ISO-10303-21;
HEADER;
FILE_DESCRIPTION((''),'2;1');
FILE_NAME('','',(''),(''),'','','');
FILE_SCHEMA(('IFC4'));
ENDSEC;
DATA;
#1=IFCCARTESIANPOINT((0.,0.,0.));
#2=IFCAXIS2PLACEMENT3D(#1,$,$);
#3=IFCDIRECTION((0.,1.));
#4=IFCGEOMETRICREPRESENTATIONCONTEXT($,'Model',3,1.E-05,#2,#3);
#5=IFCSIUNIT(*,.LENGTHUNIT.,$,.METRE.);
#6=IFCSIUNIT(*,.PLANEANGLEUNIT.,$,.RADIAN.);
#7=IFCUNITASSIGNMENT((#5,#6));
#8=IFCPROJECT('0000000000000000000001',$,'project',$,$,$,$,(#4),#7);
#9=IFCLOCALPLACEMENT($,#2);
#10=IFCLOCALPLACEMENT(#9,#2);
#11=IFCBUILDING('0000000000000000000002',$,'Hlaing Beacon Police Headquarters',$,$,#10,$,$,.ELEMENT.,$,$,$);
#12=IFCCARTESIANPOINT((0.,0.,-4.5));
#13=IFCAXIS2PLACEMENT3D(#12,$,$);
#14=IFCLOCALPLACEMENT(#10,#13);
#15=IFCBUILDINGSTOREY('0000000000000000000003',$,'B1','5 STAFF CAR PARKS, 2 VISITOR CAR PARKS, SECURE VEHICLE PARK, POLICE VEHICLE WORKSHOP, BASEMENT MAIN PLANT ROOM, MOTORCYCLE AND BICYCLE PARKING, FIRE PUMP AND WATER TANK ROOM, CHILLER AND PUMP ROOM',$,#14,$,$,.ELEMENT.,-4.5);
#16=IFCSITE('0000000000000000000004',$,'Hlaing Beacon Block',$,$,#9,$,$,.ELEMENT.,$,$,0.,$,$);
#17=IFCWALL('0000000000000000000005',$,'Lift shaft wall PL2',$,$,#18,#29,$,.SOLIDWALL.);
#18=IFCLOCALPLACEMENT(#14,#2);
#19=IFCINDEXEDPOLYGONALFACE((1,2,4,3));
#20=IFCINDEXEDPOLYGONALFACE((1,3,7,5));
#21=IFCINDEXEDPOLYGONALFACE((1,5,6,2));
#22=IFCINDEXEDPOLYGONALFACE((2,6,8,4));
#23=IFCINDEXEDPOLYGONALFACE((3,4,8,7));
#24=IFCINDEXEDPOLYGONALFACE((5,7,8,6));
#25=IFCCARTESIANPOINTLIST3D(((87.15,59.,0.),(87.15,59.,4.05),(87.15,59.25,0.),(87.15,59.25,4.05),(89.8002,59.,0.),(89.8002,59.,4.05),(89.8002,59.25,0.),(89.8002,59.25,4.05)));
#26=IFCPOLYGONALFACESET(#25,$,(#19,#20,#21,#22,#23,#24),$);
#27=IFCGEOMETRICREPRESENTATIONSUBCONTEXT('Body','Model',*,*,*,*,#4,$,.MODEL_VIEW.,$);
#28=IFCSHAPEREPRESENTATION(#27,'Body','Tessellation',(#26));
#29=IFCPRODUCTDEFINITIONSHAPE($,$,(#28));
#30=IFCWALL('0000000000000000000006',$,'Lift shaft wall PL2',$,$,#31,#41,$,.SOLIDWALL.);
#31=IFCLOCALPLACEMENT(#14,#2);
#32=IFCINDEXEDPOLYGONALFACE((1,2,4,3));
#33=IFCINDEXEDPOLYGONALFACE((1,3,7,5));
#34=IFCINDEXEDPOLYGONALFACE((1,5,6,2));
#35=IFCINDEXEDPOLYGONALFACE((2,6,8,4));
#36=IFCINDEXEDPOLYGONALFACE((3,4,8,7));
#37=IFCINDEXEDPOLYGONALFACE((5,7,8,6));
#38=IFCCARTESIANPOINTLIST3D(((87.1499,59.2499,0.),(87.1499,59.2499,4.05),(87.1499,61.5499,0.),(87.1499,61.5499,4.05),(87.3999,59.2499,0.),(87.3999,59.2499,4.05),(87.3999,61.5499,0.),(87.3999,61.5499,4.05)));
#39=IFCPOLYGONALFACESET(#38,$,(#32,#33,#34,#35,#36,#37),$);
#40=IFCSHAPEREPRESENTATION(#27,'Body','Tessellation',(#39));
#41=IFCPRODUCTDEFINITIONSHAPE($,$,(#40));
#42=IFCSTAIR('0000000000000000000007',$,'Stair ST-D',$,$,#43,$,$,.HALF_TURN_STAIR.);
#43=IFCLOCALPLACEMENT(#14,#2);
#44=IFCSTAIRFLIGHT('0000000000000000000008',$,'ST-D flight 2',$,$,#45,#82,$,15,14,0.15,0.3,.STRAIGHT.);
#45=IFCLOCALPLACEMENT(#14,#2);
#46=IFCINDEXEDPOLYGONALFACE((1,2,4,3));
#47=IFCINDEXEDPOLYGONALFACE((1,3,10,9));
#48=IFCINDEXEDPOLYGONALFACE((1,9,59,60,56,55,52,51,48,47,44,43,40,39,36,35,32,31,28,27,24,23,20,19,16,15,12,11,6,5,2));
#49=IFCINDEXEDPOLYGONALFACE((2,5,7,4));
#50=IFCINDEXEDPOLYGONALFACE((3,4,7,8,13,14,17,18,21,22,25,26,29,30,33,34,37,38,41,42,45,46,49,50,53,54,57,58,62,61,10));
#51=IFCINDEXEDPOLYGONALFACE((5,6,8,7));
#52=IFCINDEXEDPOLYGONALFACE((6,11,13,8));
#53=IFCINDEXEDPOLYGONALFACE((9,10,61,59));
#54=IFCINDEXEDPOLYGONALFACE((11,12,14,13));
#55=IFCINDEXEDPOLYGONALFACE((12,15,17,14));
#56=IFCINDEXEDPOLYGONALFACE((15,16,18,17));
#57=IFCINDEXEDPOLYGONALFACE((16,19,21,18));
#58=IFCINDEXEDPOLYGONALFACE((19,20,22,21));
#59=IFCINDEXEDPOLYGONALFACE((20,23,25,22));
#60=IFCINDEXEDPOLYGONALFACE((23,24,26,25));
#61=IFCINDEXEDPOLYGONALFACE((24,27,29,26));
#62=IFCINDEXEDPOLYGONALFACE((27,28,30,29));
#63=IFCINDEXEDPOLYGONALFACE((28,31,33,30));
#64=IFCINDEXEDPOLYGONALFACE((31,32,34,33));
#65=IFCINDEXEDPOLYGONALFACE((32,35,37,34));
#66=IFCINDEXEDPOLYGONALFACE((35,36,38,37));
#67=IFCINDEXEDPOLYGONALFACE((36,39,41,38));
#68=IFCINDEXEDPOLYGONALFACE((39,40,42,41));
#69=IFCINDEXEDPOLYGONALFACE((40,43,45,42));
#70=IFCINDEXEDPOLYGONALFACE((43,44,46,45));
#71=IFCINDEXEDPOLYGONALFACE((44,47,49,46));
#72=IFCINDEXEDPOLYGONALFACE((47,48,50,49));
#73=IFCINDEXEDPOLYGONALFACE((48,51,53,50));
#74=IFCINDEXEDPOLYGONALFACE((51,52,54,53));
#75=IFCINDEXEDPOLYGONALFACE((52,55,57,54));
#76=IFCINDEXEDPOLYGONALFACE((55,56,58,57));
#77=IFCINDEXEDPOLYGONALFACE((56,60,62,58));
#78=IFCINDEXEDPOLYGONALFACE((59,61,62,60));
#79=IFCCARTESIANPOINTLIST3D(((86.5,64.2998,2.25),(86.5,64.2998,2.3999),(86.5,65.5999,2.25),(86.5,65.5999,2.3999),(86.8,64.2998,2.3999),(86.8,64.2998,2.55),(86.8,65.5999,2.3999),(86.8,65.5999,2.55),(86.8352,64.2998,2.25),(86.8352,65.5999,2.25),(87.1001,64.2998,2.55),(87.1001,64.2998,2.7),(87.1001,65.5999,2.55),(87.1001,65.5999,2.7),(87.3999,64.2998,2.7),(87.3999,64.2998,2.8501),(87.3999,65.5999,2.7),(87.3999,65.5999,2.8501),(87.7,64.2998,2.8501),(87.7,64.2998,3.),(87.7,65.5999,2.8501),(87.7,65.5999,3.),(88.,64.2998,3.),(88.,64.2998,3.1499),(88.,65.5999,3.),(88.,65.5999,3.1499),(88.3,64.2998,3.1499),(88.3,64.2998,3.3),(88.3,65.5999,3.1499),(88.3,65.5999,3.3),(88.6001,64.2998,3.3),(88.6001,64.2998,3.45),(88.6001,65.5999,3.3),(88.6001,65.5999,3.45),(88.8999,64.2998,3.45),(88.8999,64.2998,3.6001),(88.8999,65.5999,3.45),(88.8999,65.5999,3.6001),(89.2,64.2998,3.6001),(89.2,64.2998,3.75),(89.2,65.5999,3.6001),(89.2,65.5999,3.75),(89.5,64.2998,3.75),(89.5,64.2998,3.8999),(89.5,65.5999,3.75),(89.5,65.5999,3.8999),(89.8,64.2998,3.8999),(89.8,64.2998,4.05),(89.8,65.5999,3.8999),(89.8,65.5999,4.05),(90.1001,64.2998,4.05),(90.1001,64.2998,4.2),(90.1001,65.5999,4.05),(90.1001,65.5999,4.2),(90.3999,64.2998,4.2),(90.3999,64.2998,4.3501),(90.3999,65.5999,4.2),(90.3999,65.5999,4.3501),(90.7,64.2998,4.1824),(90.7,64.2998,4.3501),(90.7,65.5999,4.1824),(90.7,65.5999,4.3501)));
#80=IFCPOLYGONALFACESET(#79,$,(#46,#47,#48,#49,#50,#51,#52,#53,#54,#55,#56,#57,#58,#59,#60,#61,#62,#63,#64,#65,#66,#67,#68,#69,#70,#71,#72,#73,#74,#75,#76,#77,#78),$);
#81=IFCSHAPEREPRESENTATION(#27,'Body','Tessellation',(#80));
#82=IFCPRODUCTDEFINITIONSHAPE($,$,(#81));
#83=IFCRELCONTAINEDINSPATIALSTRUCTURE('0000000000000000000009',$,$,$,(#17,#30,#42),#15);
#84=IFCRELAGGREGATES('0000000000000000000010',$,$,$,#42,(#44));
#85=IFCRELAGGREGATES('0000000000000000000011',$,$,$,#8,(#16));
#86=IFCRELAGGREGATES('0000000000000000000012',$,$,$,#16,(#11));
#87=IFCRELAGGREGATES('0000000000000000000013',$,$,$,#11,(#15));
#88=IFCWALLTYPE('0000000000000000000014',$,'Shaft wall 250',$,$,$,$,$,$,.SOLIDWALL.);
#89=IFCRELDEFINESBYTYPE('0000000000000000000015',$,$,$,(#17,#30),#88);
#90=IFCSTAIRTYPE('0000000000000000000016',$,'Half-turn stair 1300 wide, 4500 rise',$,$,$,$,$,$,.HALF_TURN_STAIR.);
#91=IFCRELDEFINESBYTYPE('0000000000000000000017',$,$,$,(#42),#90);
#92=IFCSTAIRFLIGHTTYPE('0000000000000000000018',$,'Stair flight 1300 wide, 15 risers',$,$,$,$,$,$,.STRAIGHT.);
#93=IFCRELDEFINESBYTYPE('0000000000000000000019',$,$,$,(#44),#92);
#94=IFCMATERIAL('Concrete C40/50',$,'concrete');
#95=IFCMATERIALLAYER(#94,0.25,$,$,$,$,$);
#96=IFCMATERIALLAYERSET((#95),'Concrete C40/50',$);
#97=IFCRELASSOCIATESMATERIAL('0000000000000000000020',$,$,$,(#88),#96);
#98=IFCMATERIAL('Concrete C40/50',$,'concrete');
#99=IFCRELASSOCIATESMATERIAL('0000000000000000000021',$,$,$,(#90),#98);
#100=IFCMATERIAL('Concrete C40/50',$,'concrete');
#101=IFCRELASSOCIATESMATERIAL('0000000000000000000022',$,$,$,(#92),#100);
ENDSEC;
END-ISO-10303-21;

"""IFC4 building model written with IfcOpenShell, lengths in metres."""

from ifc_helpers import new_model, si_unit, direction, frame, frame_2d, origin, place, context, subcontext, project, spatial, polyline, rectangle, outline, extrude, material, layer, layer_set, type_object, element, aggregate, save


model = new_model("IFC4")

# Units and contexts
model_context = context("Model", 3, precision=1e-05, world=origin(), true_north=direction((0.0, 1.0)))
body_context = subcontext(model_context, "Body", "Model", "MODEL_VIEW")
ifc_project = project(units=[si_unit("LENGTHUNIT", "METRE"), si_unit("PLANEANGLEUNIT", "RADIAN")], contexts=[model_context])

# Site, building, storey
site_placement = place(None, origin())
site = spatial("IfcSite", under=ifc_project, at=site_placement, Name="Hlaing Beacon Block", CompositionType="ELEMENT", RefElevation=0.0)
building_placement = place(site_placement, origin())
building = spatial("IfcBuilding", under=site, at=building_placement, Name="Hlaing Beacon Police Headquarters", CompositionType="ELEMENT")
storey_placement = place(building_placement, frame((0.0, 0.0, -4.5)))
storey = spatial("IfcBuildingStorey", under=building, at=storey_placement, Name="B1", Description="5 STAFF CAR PARKS, 2 VISITOR CAR PARKS, SECURE VEHICLE PARK, POLICE VEHICLE WORKSHOP, BASEMENT MAIN PLANT ROOM, MOTORCYCLE AND BICYCLE PARKING, FIRE PUMP AND WATER TANK ROOM, CHILLER AND PUMP ROOM", CompositionType="ELEMENT", Elevation=-4.5)

# Shared definitions
ifc_material_1 = material(Name="Concrete C40/50", Category="concrete")
ifc_layer_1 = layer(ifc_material_1, 0.25)
ifc_layer_set_1 = layer_set([ifc_layer_1], Name="Concrete C40/50")
wall_type_1 = type_object("IfcWallType", Name="Shaft wall 250", PredefinedType="SOLIDWALL", material=ifc_layer_set_1)

# Walls
wall_1_placement = place(storey_placement, frame((87.1499, 59.125, 0.0), z_axis=(0.0, 0.0, 1.0), x_axis=(1.0, 0.0, 0.0)))
element("IfcWall", 1, at=wall_1_placement, inside=storey, type_object=wall_type_1, Name="Lift shaft wall PL2", PredefinedType="SOLIDWALL", context=body_context, shape_type="SweptSolid", body=[
    extrude(rectangle(XDim=2.6501, YDim=0.25, at=frame_2d((1.3252, 0.0))), origin(), (0.0, 0.0, 1.0), 4.05),
])
wall_2_placement = place(storey_placement, frame((87.2749, 59.25, 0.0), z_axis=(0.0, 0.0, 1.0), x_axis=(0.0, 1.0, 0.0)))
element("IfcWall", 2, at=wall_2_placement, inside=storey, type_object=wall_type_1, Name="Lift shaft wall PL2", PredefinedType="SOLIDWALL", context=body_context, shape_type="SweptSolid", body=[
    extrude(rectangle(XDim=2.3, YDim=0.25, at=frame_2d((1.1499, 0.0))), origin(), (0.0, 0.0, 1.0), 4.05),
])

# Stair, stair flight
ifc_material_2 = material(Name="Concrete C40/50", Category="concrete")
stair_type = type_object("IfcStairType", Name="Half-turn stair 1300 wide, 4500 rise", PredefinedType="HALF_TURN_STAIR", material=ifc_material_2)
stair_placement = place(storey_placement, origin())
stair = element("IfcStair", 3, at=stair_placement, inside=storey, type_object=stair_type, Name="Stair ST-D", PredefinedType="HALF_TURN_STAIR")
ifc_material_3 = material(Name="Concrete C40/50", Category="concrete")
stair_flight_type = type_object("IfcStairFlightType", Name="Stair flight 1300 wide, 15 risers", PredefinedType="STRAIGHT", material=ifc_material_3)
stair_flight_placement = place(storey_placement, frame((86.5, 64.95, 2.25), z_axis=(0.0, 0.0, 1.0), x_axis=(1.0, 0.0, 0.0)))
stair_flight = element("IfcStairFlight", 4, at=stair_flight_placement, type_object=stair_flight_type, Name="ST-D flight 2", NumberOfRisers=15, NumberOfTreads=14, PredefinedType="STRAIGHT", RiserHeight=0.15, TreadLength=0.3, context=body_context, shape_type="SweptSolid", body=[
    extrude(outline(polyline([(0.0, 0.0), (0.0, 0.1499), (0.3, 0.1499), (0.3, 0.3), (0.6001, 0.3), (0.6001, 0.45), (0.8999, 0.45), (0.8999, 0.6001), (1.2, 0.6001), (1.2, 0.75), (1.5, 0.75), (1.5, 0.8999), (1.8, 0.8999), (1.8, 1.05), (2.1001, 1.05), (2.1001, 1.2), (2.3999, 1.2), (2.3999, 1.3501), (2.7, 1.3501), (2.7, 1.5), (3.0, 1.5), (3.0, 1.6499), (3.3, 1.6499), (3.3, 1.8), (3.6001, 1.8), (3.6001, 1.95), (3.8999, 1.95), (3.8999, 2.1001), (4.2, 2.1001), (4.2, 2.25), (4.2, 1.9324), (0.3352, 0.0), (0.0, 0.0)])), frame((0.0, 0.6499, 0.0), z_axis=(0.0, -1.0, 0.0), x_axis=(1.0, 0.0, 0.0)), (0.0, 0.0, 1.0), 1.3),
])
aggregate(stair, [stair_flight])

save(model, "model.ifc")
